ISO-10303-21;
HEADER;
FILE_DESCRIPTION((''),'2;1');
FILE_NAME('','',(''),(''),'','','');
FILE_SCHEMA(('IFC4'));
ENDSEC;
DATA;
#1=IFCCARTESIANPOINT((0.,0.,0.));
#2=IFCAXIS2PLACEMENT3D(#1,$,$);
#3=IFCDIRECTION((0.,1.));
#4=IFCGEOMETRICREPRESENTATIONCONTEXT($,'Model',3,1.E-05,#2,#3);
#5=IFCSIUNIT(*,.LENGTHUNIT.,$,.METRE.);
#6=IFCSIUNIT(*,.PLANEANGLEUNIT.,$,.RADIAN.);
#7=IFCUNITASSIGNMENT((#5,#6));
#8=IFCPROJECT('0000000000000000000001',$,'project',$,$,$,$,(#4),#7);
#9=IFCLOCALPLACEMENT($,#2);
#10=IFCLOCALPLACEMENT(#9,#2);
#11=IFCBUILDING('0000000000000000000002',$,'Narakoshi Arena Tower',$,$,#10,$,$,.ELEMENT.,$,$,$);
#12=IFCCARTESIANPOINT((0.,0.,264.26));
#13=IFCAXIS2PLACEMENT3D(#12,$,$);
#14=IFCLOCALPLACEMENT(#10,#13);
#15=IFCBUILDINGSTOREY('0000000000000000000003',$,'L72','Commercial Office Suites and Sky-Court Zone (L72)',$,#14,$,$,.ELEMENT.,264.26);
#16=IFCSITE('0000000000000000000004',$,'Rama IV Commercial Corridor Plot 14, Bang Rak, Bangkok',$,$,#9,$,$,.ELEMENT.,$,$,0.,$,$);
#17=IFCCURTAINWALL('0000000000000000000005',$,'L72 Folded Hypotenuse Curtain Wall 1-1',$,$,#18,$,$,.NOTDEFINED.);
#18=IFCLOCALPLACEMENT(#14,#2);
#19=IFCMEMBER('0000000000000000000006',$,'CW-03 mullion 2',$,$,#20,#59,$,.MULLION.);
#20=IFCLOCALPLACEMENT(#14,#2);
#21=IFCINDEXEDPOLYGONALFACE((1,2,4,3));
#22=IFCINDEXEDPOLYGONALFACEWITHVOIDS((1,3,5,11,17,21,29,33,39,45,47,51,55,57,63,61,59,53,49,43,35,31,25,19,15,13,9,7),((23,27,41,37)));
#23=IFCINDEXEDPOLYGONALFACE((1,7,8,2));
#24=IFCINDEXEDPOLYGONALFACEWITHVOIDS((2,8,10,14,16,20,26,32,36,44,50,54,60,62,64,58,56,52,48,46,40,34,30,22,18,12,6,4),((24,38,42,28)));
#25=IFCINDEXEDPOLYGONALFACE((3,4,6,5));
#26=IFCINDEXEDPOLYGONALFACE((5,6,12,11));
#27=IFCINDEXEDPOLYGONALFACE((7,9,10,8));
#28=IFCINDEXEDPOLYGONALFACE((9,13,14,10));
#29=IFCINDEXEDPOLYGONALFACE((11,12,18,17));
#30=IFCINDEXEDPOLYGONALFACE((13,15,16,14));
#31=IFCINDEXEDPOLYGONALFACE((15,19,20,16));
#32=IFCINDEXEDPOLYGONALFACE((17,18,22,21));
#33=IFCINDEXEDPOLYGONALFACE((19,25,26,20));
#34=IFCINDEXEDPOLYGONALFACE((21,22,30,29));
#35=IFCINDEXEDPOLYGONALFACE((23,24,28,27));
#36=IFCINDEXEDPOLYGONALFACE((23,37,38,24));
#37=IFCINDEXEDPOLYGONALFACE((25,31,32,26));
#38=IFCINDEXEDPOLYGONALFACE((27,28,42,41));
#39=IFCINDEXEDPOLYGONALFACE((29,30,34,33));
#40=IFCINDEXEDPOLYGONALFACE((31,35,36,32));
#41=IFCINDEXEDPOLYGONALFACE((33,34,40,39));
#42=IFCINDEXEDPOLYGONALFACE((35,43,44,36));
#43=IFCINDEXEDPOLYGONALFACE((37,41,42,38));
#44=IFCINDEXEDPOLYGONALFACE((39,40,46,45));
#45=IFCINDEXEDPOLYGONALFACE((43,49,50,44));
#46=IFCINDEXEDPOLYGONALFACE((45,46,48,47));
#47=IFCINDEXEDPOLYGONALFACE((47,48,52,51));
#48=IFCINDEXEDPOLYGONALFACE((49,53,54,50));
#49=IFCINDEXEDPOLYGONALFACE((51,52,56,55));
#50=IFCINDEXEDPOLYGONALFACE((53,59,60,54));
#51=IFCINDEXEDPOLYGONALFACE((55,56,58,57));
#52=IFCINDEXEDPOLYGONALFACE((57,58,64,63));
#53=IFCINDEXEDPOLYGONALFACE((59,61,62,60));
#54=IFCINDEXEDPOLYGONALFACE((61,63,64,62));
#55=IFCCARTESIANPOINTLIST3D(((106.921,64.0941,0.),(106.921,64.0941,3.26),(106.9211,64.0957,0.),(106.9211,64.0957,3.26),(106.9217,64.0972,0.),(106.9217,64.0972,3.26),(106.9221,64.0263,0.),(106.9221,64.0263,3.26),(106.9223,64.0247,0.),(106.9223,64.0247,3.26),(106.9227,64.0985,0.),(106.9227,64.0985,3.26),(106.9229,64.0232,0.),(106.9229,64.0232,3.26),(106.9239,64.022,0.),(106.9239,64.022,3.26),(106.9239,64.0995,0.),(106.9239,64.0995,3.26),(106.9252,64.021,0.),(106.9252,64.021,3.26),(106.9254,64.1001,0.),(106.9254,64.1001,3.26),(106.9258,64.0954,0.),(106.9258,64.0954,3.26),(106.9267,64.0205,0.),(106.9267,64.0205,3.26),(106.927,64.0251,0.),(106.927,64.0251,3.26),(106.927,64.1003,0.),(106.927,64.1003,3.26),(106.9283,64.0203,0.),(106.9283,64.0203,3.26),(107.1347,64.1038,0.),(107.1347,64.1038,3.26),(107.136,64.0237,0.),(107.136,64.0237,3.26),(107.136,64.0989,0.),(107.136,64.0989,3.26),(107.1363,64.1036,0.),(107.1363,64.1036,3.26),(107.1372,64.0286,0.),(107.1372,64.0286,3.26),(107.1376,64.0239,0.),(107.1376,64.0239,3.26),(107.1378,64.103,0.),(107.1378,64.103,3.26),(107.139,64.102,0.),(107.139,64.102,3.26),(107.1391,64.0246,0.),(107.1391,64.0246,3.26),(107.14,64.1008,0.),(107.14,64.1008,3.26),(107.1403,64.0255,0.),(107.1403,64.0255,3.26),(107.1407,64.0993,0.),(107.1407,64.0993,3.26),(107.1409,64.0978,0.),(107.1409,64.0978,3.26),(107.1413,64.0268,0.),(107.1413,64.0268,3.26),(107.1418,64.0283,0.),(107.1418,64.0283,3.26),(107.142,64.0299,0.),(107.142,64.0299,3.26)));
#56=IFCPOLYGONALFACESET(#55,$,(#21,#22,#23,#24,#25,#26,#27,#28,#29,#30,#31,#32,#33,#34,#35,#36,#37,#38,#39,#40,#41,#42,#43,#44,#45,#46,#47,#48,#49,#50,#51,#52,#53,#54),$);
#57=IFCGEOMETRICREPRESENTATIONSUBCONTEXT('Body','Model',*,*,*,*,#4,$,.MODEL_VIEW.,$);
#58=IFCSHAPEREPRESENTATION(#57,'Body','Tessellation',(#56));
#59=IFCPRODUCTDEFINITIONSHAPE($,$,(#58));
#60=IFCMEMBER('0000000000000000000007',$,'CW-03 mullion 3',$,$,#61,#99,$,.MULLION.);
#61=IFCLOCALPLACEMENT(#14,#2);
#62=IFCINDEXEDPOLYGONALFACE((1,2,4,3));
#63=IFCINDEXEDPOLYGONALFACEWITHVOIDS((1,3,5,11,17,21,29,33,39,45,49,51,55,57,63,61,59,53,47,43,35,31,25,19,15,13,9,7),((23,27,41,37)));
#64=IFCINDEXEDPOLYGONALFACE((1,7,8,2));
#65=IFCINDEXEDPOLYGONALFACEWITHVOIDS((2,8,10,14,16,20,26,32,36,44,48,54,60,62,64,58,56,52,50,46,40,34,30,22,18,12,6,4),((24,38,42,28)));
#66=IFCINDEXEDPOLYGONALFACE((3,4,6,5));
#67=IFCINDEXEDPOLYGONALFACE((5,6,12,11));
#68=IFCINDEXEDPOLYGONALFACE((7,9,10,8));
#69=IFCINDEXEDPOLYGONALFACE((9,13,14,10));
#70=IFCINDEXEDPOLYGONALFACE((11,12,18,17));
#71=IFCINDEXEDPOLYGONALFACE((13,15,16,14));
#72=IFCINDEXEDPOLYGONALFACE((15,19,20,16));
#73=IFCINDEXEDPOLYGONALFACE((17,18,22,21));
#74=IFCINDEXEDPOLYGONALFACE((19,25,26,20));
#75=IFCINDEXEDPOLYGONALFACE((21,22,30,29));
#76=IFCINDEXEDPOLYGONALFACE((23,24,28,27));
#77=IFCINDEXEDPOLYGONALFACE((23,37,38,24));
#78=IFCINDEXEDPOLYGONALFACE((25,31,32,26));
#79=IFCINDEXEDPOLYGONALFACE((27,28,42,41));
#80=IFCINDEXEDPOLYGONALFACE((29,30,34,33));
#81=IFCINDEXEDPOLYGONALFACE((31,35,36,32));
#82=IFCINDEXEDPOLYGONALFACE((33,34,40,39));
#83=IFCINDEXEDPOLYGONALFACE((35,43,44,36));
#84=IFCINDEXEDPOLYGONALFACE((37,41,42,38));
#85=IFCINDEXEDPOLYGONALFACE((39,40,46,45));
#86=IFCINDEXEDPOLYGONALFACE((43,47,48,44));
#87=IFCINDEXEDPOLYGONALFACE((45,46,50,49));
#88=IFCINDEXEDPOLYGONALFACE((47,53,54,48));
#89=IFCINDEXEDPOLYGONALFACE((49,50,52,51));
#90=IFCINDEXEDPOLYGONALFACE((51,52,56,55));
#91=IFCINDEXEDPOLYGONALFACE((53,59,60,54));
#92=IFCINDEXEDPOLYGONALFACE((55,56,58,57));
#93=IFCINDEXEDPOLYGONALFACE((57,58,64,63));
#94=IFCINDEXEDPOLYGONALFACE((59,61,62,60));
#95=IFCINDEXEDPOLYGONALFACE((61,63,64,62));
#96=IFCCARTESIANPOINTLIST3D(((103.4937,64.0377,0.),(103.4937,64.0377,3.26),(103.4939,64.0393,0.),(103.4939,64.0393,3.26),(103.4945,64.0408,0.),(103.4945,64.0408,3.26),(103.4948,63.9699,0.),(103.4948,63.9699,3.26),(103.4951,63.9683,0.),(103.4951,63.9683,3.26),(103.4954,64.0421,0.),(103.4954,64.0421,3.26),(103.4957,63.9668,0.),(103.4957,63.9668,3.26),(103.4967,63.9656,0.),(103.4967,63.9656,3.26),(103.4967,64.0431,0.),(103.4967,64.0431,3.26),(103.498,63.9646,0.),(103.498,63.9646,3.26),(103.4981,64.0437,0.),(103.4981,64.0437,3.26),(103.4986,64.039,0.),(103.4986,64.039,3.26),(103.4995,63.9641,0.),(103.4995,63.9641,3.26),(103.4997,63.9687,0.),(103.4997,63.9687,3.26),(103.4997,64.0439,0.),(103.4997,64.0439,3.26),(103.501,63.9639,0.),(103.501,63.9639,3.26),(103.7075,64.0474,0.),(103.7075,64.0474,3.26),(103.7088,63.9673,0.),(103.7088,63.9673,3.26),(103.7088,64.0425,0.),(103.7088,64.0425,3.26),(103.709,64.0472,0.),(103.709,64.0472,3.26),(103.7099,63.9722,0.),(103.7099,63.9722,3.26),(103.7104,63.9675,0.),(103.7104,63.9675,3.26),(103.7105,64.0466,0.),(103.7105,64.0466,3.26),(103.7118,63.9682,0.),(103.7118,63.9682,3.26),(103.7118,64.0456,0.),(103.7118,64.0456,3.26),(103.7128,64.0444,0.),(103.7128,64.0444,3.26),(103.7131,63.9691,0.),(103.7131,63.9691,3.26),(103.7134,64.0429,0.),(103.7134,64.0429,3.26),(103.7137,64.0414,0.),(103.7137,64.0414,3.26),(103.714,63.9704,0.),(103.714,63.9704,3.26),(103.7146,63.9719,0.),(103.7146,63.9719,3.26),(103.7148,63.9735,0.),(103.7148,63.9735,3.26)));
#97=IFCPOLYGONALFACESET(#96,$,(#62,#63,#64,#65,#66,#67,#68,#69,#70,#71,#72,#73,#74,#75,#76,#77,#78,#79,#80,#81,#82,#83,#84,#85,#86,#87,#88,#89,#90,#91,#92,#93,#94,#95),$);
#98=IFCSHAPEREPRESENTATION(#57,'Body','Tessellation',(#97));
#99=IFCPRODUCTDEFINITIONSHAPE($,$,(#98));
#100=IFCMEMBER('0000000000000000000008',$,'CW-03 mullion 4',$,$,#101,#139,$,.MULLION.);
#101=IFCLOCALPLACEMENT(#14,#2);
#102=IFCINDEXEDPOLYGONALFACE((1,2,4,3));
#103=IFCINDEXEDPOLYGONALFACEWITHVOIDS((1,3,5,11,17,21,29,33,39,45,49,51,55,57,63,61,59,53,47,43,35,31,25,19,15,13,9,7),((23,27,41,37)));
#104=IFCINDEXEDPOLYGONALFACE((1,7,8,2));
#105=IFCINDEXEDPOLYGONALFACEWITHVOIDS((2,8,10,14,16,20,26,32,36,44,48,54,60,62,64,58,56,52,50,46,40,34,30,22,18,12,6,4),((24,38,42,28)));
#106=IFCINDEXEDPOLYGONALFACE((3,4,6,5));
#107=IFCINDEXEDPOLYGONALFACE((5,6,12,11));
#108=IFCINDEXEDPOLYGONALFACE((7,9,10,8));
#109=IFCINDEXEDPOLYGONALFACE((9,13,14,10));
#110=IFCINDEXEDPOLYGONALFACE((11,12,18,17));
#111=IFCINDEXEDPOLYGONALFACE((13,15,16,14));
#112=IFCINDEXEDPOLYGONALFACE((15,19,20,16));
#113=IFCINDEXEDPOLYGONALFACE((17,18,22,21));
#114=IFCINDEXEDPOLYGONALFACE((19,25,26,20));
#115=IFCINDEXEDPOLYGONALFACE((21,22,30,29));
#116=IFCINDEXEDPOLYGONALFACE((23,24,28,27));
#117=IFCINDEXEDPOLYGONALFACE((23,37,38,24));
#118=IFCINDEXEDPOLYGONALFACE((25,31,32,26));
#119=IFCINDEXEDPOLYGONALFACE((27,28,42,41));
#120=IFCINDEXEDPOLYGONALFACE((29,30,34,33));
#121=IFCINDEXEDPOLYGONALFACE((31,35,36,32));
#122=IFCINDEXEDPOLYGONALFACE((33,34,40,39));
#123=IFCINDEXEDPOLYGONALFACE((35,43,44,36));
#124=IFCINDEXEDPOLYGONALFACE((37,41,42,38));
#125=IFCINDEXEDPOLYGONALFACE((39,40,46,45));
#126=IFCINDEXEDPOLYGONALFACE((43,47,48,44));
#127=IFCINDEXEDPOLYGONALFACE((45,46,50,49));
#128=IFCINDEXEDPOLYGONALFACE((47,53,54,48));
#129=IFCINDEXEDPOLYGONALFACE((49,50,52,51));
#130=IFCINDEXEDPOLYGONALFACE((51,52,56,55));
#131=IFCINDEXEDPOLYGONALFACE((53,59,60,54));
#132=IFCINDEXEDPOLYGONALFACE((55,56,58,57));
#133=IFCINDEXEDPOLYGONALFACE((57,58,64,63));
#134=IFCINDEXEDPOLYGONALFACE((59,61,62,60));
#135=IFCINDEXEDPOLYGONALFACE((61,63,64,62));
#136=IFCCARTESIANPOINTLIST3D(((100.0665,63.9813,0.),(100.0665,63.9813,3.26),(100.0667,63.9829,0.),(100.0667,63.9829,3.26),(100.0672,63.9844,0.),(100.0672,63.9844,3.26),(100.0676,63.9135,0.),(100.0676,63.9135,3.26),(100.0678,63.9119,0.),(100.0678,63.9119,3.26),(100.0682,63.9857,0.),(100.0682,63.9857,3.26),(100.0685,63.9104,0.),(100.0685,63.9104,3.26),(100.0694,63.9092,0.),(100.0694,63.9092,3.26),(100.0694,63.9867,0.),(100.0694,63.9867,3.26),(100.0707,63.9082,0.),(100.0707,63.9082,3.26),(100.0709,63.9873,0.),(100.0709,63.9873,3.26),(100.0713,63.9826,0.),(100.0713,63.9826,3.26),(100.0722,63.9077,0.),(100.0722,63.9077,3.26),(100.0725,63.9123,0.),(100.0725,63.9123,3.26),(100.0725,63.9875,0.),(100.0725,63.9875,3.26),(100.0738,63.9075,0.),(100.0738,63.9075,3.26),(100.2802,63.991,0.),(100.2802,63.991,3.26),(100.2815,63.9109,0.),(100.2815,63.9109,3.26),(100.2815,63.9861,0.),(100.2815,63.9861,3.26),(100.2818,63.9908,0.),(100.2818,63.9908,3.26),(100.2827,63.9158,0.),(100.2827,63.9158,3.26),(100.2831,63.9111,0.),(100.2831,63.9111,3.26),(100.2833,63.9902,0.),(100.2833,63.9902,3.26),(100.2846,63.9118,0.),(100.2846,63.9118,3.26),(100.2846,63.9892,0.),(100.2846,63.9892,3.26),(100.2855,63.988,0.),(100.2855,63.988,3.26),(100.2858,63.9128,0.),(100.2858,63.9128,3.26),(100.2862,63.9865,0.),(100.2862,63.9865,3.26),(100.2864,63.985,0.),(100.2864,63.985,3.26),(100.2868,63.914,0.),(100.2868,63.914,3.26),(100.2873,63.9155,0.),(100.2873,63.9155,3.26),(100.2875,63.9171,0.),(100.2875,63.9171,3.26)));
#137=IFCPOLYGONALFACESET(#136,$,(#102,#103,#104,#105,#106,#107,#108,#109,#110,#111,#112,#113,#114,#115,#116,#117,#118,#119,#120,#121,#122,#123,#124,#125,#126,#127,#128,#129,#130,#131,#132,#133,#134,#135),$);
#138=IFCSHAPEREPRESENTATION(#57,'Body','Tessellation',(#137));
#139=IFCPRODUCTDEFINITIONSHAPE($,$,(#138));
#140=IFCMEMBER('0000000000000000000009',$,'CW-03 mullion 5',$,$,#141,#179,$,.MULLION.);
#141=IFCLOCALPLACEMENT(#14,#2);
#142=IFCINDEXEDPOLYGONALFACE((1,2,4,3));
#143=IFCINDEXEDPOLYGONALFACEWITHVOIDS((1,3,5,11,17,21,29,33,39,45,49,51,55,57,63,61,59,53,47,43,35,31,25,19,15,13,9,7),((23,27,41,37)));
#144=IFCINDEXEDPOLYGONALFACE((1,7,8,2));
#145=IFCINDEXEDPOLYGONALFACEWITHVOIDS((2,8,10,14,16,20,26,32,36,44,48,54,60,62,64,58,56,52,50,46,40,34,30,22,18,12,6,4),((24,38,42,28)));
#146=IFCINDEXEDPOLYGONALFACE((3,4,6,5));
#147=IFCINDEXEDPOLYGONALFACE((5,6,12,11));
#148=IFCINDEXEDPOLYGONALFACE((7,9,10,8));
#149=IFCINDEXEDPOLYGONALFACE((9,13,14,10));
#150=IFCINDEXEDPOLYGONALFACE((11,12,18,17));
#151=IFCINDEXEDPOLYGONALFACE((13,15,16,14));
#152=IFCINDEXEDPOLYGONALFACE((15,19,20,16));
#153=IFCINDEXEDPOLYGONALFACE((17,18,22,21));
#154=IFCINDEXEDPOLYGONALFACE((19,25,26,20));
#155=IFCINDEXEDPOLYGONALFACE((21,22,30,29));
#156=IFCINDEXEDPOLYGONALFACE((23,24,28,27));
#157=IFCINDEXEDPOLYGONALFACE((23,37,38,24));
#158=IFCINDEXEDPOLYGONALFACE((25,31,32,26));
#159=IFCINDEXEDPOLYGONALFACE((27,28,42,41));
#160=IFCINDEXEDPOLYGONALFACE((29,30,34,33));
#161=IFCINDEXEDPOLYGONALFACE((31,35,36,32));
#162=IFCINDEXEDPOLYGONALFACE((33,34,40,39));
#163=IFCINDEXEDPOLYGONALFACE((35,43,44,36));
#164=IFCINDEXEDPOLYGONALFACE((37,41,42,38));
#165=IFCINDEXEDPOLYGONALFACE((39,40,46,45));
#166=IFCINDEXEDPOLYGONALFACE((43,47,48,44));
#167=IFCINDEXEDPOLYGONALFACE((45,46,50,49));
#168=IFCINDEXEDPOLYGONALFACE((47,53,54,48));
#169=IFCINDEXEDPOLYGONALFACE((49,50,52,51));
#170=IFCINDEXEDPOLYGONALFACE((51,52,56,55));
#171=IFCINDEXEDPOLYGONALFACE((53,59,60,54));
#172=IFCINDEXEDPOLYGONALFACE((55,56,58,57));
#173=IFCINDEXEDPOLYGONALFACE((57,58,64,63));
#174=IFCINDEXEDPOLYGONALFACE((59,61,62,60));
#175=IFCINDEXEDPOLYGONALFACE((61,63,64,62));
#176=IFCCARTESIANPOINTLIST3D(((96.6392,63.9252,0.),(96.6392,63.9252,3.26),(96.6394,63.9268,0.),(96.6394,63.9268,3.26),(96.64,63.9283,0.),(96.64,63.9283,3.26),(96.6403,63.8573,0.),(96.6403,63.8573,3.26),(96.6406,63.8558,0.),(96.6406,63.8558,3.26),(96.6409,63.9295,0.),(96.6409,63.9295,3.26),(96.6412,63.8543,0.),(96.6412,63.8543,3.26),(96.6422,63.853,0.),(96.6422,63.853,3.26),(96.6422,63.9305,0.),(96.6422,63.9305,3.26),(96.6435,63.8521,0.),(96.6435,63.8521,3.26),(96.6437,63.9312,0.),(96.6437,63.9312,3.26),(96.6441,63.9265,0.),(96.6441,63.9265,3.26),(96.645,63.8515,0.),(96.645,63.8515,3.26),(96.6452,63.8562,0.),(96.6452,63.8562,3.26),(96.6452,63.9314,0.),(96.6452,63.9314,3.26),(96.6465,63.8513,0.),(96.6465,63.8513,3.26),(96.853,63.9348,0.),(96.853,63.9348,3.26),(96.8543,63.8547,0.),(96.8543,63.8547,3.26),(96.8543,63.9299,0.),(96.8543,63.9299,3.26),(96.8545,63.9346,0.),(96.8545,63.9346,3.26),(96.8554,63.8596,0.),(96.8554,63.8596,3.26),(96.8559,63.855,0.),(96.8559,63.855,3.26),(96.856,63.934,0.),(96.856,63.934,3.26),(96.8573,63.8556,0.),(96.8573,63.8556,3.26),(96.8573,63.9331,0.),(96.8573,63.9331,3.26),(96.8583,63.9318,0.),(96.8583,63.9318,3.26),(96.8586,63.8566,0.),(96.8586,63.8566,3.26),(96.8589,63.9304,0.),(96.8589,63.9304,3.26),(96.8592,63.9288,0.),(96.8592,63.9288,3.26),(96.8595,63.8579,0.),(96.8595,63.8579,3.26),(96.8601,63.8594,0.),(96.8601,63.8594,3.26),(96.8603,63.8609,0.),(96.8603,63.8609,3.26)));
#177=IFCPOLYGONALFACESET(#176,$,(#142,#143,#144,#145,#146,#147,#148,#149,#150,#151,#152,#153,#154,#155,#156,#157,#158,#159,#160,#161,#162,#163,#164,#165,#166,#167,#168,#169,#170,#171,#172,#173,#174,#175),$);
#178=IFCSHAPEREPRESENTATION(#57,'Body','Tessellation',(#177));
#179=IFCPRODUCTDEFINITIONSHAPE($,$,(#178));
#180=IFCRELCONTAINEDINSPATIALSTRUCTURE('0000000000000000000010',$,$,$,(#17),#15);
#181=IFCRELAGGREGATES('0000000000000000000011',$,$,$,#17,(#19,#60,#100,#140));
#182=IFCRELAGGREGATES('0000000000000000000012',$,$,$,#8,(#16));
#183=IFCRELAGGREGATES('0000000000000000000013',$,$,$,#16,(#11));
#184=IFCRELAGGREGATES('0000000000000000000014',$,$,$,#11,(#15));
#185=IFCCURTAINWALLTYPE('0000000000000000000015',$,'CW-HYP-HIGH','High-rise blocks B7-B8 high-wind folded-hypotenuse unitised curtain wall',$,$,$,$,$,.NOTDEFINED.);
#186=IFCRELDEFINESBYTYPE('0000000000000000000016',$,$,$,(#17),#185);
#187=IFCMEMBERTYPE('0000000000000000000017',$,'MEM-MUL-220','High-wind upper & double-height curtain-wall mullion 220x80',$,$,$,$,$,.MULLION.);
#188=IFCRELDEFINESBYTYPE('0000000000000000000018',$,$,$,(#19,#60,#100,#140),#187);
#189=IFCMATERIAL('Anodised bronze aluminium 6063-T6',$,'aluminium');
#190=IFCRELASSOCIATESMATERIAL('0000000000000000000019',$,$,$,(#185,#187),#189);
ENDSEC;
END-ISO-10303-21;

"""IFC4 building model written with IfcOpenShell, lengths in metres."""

from ifc_helpers import new_model, si_unit, direction, frame, origin, origin_2d, place, context, subcontext, project, spatial, hollow_rectangle, extrude, material, material_profile, profile_set, type_object, element, aggregate, save


model = new_model("IFC4")

# Units and contexts
model_context = context("Model", 3, precision=1e-05, world=origin(), true_north=direction((0.0, 1.0)))
body_context = subcontext(model_context, "Body", "Model", "MODEL_VIEW")
ifc_project = project(units=[si_unit("LENGTHUNIT", "METRE"), si_unit("PLANEANGLEUNIT", "RADIAN")], contexts=[model_context])

# Site, building, storey
site_placement = place(None, origin())
site = spatial("IfcSite", under=ifc_project, at=site_placement, Name="Rama IV Commercial Corridor Plot 14, Bang Rak, Bangkok", CompositionType="ELEMENT", RefElevation=0.0)
building_placement = place(site_placement, origin())
building = spatial("IfcBuilding", under=site, at=building_placement, Name="Narakoshi Arena Tower", CompositionType="ELEMENT")
storey_placement = place(building_placement, frame((0.0, 0.0, 264.26)))
storey = spatial("IfcBuildingStorey", under=building, at=storey_placement, Name="L72", Description="Commercial Office Suites and Sky-Court Zone (L72)", CompositionType="ELEMENT", Elevation=264.26)

# Curtain wall, members
ifc_material_1 = material(Name="Anodised bronze aluminium 6063-T6", Category="aluminium")
curtain_wall_type = type_object("IfcCurtainWallType", Name="CW-HYP-HIGH", Description="High-rise blocks B7-B8 high-wind folded-hypotenuse unitised curtain wall", PredefinedType="NOTDEFINED", material=ifc_material_1)
curtain_wall_placement = place(storey_placement, origin())
curtain_wall = element("IfcCurtainWall", 1, at=curtain_wall_placement, inside=storey, type_object=curtain_wall_type, Name="L72 Folded Hypotenuse Curtain Wall 1-1", PredefinedType="NOTDEFINED")
ifc_material_profile_1 = material_profile(ifc_material_1, hollow_rectangle(XDim=0.0801, YDim=0.22, WallThickness=0.0049, OuterFilletRadius=0.0061, at=origin_2d()), Name="MUL220x80x5")
ifc_profile_set_1 = profile_set([ifc_material_profile_1], Name="Anodised bronze aluminium 6063-T6")
member_type_1 = type_object("IfcMemberType", Name="MEM-MUL-220", Description="High-wind upper & double-height curtain-wall mullion 220x80", PredefinedType="MULLION", material=ifc_profile_set_1)
member_1_placement = place(storey_placement, frame((107.0315, 64.062, 0.0), z_axis=(0.0, 0.0, 1.0), x_axis=(0.016443, -0.999865, 0.0)))
member_1 = element("IfcMember", 2, at=member_1_placement, type_object=member_type_1, Name="CW-03 mullion 2", PredefinedType="MULLION", context=body_context, shape_type="SweptSolid", body=[
    extrude(hollow_rectangle(XDim=0.0801, YDim=0.22, WallThickness=0.0049, OuterFilletRadius=0.0061, at=origin_2d()), origin(), (0.0, 0.0, 1.0), 3.26),
])
member_2_placement = place(storey_placement, frame((103.6042, 64.0056, 0.0), z_axis=(0.0, 0.0, 1.0), x_axis=(0.016443, -0.999865, 0.0)))
member_2 = element("IfcMember", 3, at=member_2_placement, type_object=member_type_1, Name="CW-03 mullion 3", PredefinedType="MULLION", context=body_context, shape_type="SweptSolid", body=[
    extrude(hollow_rectangle(XDim=0.0801, YDim=0.22, WallThickness=0.0049, OuterFilletRadius=0.0061, at=origin_2d()), origin(), (0.0, 0.0, 1.0), 3.26),
])
member_3_placement = place(storey_placement, frame((100.177, 63.9492, 0.0), z_axis=(0.0, 0.0, 1.0), x_axis=(0.016443, -0.999865, 0.0)))
member_3 = element("IfcMember", 4, at=member_3_placement, type_object=member_type_1, Name="CW-03 mullion 4", PredefinedType="MULLION", context=body_context, shape_type="SweptSolid", body=[
    extrude(hollow_rectangle(XDim=0.0801, YDim=0.22, WallThickness=0.0049, OuterFilletRadius=0.0061, at=origin_2d()), origin(), (0.0, 0.0, 1.0), 3.26),
])
member_4_placement = place(storey_placement, frame((96.7498, 63.8931, 0.0), z_axis=(0.0, 0.0, 1.0), x_axis=(0.016443, -0.999865, 0.0)))
member_4 = element("IfcMember", 5, at=member_4_placement, type_object=member_type_1, Name="CW-03 mullion 5", PredefinedType="MULLION", context=body_context, shape_type="SweptSolid", body=[
    extrude(hollow_rectangle(XDim=0.0801, YDim=0.22, WallThickness=0.0049, OuterFilletRadius=0.0061, at=origin_2d()), origin(), (0.0, 0.0, 1.0), 3.26),
])
aggregate(curtain_wall, [member_1, member_2, member_3, member_4])

save(model, "model.ifc")
